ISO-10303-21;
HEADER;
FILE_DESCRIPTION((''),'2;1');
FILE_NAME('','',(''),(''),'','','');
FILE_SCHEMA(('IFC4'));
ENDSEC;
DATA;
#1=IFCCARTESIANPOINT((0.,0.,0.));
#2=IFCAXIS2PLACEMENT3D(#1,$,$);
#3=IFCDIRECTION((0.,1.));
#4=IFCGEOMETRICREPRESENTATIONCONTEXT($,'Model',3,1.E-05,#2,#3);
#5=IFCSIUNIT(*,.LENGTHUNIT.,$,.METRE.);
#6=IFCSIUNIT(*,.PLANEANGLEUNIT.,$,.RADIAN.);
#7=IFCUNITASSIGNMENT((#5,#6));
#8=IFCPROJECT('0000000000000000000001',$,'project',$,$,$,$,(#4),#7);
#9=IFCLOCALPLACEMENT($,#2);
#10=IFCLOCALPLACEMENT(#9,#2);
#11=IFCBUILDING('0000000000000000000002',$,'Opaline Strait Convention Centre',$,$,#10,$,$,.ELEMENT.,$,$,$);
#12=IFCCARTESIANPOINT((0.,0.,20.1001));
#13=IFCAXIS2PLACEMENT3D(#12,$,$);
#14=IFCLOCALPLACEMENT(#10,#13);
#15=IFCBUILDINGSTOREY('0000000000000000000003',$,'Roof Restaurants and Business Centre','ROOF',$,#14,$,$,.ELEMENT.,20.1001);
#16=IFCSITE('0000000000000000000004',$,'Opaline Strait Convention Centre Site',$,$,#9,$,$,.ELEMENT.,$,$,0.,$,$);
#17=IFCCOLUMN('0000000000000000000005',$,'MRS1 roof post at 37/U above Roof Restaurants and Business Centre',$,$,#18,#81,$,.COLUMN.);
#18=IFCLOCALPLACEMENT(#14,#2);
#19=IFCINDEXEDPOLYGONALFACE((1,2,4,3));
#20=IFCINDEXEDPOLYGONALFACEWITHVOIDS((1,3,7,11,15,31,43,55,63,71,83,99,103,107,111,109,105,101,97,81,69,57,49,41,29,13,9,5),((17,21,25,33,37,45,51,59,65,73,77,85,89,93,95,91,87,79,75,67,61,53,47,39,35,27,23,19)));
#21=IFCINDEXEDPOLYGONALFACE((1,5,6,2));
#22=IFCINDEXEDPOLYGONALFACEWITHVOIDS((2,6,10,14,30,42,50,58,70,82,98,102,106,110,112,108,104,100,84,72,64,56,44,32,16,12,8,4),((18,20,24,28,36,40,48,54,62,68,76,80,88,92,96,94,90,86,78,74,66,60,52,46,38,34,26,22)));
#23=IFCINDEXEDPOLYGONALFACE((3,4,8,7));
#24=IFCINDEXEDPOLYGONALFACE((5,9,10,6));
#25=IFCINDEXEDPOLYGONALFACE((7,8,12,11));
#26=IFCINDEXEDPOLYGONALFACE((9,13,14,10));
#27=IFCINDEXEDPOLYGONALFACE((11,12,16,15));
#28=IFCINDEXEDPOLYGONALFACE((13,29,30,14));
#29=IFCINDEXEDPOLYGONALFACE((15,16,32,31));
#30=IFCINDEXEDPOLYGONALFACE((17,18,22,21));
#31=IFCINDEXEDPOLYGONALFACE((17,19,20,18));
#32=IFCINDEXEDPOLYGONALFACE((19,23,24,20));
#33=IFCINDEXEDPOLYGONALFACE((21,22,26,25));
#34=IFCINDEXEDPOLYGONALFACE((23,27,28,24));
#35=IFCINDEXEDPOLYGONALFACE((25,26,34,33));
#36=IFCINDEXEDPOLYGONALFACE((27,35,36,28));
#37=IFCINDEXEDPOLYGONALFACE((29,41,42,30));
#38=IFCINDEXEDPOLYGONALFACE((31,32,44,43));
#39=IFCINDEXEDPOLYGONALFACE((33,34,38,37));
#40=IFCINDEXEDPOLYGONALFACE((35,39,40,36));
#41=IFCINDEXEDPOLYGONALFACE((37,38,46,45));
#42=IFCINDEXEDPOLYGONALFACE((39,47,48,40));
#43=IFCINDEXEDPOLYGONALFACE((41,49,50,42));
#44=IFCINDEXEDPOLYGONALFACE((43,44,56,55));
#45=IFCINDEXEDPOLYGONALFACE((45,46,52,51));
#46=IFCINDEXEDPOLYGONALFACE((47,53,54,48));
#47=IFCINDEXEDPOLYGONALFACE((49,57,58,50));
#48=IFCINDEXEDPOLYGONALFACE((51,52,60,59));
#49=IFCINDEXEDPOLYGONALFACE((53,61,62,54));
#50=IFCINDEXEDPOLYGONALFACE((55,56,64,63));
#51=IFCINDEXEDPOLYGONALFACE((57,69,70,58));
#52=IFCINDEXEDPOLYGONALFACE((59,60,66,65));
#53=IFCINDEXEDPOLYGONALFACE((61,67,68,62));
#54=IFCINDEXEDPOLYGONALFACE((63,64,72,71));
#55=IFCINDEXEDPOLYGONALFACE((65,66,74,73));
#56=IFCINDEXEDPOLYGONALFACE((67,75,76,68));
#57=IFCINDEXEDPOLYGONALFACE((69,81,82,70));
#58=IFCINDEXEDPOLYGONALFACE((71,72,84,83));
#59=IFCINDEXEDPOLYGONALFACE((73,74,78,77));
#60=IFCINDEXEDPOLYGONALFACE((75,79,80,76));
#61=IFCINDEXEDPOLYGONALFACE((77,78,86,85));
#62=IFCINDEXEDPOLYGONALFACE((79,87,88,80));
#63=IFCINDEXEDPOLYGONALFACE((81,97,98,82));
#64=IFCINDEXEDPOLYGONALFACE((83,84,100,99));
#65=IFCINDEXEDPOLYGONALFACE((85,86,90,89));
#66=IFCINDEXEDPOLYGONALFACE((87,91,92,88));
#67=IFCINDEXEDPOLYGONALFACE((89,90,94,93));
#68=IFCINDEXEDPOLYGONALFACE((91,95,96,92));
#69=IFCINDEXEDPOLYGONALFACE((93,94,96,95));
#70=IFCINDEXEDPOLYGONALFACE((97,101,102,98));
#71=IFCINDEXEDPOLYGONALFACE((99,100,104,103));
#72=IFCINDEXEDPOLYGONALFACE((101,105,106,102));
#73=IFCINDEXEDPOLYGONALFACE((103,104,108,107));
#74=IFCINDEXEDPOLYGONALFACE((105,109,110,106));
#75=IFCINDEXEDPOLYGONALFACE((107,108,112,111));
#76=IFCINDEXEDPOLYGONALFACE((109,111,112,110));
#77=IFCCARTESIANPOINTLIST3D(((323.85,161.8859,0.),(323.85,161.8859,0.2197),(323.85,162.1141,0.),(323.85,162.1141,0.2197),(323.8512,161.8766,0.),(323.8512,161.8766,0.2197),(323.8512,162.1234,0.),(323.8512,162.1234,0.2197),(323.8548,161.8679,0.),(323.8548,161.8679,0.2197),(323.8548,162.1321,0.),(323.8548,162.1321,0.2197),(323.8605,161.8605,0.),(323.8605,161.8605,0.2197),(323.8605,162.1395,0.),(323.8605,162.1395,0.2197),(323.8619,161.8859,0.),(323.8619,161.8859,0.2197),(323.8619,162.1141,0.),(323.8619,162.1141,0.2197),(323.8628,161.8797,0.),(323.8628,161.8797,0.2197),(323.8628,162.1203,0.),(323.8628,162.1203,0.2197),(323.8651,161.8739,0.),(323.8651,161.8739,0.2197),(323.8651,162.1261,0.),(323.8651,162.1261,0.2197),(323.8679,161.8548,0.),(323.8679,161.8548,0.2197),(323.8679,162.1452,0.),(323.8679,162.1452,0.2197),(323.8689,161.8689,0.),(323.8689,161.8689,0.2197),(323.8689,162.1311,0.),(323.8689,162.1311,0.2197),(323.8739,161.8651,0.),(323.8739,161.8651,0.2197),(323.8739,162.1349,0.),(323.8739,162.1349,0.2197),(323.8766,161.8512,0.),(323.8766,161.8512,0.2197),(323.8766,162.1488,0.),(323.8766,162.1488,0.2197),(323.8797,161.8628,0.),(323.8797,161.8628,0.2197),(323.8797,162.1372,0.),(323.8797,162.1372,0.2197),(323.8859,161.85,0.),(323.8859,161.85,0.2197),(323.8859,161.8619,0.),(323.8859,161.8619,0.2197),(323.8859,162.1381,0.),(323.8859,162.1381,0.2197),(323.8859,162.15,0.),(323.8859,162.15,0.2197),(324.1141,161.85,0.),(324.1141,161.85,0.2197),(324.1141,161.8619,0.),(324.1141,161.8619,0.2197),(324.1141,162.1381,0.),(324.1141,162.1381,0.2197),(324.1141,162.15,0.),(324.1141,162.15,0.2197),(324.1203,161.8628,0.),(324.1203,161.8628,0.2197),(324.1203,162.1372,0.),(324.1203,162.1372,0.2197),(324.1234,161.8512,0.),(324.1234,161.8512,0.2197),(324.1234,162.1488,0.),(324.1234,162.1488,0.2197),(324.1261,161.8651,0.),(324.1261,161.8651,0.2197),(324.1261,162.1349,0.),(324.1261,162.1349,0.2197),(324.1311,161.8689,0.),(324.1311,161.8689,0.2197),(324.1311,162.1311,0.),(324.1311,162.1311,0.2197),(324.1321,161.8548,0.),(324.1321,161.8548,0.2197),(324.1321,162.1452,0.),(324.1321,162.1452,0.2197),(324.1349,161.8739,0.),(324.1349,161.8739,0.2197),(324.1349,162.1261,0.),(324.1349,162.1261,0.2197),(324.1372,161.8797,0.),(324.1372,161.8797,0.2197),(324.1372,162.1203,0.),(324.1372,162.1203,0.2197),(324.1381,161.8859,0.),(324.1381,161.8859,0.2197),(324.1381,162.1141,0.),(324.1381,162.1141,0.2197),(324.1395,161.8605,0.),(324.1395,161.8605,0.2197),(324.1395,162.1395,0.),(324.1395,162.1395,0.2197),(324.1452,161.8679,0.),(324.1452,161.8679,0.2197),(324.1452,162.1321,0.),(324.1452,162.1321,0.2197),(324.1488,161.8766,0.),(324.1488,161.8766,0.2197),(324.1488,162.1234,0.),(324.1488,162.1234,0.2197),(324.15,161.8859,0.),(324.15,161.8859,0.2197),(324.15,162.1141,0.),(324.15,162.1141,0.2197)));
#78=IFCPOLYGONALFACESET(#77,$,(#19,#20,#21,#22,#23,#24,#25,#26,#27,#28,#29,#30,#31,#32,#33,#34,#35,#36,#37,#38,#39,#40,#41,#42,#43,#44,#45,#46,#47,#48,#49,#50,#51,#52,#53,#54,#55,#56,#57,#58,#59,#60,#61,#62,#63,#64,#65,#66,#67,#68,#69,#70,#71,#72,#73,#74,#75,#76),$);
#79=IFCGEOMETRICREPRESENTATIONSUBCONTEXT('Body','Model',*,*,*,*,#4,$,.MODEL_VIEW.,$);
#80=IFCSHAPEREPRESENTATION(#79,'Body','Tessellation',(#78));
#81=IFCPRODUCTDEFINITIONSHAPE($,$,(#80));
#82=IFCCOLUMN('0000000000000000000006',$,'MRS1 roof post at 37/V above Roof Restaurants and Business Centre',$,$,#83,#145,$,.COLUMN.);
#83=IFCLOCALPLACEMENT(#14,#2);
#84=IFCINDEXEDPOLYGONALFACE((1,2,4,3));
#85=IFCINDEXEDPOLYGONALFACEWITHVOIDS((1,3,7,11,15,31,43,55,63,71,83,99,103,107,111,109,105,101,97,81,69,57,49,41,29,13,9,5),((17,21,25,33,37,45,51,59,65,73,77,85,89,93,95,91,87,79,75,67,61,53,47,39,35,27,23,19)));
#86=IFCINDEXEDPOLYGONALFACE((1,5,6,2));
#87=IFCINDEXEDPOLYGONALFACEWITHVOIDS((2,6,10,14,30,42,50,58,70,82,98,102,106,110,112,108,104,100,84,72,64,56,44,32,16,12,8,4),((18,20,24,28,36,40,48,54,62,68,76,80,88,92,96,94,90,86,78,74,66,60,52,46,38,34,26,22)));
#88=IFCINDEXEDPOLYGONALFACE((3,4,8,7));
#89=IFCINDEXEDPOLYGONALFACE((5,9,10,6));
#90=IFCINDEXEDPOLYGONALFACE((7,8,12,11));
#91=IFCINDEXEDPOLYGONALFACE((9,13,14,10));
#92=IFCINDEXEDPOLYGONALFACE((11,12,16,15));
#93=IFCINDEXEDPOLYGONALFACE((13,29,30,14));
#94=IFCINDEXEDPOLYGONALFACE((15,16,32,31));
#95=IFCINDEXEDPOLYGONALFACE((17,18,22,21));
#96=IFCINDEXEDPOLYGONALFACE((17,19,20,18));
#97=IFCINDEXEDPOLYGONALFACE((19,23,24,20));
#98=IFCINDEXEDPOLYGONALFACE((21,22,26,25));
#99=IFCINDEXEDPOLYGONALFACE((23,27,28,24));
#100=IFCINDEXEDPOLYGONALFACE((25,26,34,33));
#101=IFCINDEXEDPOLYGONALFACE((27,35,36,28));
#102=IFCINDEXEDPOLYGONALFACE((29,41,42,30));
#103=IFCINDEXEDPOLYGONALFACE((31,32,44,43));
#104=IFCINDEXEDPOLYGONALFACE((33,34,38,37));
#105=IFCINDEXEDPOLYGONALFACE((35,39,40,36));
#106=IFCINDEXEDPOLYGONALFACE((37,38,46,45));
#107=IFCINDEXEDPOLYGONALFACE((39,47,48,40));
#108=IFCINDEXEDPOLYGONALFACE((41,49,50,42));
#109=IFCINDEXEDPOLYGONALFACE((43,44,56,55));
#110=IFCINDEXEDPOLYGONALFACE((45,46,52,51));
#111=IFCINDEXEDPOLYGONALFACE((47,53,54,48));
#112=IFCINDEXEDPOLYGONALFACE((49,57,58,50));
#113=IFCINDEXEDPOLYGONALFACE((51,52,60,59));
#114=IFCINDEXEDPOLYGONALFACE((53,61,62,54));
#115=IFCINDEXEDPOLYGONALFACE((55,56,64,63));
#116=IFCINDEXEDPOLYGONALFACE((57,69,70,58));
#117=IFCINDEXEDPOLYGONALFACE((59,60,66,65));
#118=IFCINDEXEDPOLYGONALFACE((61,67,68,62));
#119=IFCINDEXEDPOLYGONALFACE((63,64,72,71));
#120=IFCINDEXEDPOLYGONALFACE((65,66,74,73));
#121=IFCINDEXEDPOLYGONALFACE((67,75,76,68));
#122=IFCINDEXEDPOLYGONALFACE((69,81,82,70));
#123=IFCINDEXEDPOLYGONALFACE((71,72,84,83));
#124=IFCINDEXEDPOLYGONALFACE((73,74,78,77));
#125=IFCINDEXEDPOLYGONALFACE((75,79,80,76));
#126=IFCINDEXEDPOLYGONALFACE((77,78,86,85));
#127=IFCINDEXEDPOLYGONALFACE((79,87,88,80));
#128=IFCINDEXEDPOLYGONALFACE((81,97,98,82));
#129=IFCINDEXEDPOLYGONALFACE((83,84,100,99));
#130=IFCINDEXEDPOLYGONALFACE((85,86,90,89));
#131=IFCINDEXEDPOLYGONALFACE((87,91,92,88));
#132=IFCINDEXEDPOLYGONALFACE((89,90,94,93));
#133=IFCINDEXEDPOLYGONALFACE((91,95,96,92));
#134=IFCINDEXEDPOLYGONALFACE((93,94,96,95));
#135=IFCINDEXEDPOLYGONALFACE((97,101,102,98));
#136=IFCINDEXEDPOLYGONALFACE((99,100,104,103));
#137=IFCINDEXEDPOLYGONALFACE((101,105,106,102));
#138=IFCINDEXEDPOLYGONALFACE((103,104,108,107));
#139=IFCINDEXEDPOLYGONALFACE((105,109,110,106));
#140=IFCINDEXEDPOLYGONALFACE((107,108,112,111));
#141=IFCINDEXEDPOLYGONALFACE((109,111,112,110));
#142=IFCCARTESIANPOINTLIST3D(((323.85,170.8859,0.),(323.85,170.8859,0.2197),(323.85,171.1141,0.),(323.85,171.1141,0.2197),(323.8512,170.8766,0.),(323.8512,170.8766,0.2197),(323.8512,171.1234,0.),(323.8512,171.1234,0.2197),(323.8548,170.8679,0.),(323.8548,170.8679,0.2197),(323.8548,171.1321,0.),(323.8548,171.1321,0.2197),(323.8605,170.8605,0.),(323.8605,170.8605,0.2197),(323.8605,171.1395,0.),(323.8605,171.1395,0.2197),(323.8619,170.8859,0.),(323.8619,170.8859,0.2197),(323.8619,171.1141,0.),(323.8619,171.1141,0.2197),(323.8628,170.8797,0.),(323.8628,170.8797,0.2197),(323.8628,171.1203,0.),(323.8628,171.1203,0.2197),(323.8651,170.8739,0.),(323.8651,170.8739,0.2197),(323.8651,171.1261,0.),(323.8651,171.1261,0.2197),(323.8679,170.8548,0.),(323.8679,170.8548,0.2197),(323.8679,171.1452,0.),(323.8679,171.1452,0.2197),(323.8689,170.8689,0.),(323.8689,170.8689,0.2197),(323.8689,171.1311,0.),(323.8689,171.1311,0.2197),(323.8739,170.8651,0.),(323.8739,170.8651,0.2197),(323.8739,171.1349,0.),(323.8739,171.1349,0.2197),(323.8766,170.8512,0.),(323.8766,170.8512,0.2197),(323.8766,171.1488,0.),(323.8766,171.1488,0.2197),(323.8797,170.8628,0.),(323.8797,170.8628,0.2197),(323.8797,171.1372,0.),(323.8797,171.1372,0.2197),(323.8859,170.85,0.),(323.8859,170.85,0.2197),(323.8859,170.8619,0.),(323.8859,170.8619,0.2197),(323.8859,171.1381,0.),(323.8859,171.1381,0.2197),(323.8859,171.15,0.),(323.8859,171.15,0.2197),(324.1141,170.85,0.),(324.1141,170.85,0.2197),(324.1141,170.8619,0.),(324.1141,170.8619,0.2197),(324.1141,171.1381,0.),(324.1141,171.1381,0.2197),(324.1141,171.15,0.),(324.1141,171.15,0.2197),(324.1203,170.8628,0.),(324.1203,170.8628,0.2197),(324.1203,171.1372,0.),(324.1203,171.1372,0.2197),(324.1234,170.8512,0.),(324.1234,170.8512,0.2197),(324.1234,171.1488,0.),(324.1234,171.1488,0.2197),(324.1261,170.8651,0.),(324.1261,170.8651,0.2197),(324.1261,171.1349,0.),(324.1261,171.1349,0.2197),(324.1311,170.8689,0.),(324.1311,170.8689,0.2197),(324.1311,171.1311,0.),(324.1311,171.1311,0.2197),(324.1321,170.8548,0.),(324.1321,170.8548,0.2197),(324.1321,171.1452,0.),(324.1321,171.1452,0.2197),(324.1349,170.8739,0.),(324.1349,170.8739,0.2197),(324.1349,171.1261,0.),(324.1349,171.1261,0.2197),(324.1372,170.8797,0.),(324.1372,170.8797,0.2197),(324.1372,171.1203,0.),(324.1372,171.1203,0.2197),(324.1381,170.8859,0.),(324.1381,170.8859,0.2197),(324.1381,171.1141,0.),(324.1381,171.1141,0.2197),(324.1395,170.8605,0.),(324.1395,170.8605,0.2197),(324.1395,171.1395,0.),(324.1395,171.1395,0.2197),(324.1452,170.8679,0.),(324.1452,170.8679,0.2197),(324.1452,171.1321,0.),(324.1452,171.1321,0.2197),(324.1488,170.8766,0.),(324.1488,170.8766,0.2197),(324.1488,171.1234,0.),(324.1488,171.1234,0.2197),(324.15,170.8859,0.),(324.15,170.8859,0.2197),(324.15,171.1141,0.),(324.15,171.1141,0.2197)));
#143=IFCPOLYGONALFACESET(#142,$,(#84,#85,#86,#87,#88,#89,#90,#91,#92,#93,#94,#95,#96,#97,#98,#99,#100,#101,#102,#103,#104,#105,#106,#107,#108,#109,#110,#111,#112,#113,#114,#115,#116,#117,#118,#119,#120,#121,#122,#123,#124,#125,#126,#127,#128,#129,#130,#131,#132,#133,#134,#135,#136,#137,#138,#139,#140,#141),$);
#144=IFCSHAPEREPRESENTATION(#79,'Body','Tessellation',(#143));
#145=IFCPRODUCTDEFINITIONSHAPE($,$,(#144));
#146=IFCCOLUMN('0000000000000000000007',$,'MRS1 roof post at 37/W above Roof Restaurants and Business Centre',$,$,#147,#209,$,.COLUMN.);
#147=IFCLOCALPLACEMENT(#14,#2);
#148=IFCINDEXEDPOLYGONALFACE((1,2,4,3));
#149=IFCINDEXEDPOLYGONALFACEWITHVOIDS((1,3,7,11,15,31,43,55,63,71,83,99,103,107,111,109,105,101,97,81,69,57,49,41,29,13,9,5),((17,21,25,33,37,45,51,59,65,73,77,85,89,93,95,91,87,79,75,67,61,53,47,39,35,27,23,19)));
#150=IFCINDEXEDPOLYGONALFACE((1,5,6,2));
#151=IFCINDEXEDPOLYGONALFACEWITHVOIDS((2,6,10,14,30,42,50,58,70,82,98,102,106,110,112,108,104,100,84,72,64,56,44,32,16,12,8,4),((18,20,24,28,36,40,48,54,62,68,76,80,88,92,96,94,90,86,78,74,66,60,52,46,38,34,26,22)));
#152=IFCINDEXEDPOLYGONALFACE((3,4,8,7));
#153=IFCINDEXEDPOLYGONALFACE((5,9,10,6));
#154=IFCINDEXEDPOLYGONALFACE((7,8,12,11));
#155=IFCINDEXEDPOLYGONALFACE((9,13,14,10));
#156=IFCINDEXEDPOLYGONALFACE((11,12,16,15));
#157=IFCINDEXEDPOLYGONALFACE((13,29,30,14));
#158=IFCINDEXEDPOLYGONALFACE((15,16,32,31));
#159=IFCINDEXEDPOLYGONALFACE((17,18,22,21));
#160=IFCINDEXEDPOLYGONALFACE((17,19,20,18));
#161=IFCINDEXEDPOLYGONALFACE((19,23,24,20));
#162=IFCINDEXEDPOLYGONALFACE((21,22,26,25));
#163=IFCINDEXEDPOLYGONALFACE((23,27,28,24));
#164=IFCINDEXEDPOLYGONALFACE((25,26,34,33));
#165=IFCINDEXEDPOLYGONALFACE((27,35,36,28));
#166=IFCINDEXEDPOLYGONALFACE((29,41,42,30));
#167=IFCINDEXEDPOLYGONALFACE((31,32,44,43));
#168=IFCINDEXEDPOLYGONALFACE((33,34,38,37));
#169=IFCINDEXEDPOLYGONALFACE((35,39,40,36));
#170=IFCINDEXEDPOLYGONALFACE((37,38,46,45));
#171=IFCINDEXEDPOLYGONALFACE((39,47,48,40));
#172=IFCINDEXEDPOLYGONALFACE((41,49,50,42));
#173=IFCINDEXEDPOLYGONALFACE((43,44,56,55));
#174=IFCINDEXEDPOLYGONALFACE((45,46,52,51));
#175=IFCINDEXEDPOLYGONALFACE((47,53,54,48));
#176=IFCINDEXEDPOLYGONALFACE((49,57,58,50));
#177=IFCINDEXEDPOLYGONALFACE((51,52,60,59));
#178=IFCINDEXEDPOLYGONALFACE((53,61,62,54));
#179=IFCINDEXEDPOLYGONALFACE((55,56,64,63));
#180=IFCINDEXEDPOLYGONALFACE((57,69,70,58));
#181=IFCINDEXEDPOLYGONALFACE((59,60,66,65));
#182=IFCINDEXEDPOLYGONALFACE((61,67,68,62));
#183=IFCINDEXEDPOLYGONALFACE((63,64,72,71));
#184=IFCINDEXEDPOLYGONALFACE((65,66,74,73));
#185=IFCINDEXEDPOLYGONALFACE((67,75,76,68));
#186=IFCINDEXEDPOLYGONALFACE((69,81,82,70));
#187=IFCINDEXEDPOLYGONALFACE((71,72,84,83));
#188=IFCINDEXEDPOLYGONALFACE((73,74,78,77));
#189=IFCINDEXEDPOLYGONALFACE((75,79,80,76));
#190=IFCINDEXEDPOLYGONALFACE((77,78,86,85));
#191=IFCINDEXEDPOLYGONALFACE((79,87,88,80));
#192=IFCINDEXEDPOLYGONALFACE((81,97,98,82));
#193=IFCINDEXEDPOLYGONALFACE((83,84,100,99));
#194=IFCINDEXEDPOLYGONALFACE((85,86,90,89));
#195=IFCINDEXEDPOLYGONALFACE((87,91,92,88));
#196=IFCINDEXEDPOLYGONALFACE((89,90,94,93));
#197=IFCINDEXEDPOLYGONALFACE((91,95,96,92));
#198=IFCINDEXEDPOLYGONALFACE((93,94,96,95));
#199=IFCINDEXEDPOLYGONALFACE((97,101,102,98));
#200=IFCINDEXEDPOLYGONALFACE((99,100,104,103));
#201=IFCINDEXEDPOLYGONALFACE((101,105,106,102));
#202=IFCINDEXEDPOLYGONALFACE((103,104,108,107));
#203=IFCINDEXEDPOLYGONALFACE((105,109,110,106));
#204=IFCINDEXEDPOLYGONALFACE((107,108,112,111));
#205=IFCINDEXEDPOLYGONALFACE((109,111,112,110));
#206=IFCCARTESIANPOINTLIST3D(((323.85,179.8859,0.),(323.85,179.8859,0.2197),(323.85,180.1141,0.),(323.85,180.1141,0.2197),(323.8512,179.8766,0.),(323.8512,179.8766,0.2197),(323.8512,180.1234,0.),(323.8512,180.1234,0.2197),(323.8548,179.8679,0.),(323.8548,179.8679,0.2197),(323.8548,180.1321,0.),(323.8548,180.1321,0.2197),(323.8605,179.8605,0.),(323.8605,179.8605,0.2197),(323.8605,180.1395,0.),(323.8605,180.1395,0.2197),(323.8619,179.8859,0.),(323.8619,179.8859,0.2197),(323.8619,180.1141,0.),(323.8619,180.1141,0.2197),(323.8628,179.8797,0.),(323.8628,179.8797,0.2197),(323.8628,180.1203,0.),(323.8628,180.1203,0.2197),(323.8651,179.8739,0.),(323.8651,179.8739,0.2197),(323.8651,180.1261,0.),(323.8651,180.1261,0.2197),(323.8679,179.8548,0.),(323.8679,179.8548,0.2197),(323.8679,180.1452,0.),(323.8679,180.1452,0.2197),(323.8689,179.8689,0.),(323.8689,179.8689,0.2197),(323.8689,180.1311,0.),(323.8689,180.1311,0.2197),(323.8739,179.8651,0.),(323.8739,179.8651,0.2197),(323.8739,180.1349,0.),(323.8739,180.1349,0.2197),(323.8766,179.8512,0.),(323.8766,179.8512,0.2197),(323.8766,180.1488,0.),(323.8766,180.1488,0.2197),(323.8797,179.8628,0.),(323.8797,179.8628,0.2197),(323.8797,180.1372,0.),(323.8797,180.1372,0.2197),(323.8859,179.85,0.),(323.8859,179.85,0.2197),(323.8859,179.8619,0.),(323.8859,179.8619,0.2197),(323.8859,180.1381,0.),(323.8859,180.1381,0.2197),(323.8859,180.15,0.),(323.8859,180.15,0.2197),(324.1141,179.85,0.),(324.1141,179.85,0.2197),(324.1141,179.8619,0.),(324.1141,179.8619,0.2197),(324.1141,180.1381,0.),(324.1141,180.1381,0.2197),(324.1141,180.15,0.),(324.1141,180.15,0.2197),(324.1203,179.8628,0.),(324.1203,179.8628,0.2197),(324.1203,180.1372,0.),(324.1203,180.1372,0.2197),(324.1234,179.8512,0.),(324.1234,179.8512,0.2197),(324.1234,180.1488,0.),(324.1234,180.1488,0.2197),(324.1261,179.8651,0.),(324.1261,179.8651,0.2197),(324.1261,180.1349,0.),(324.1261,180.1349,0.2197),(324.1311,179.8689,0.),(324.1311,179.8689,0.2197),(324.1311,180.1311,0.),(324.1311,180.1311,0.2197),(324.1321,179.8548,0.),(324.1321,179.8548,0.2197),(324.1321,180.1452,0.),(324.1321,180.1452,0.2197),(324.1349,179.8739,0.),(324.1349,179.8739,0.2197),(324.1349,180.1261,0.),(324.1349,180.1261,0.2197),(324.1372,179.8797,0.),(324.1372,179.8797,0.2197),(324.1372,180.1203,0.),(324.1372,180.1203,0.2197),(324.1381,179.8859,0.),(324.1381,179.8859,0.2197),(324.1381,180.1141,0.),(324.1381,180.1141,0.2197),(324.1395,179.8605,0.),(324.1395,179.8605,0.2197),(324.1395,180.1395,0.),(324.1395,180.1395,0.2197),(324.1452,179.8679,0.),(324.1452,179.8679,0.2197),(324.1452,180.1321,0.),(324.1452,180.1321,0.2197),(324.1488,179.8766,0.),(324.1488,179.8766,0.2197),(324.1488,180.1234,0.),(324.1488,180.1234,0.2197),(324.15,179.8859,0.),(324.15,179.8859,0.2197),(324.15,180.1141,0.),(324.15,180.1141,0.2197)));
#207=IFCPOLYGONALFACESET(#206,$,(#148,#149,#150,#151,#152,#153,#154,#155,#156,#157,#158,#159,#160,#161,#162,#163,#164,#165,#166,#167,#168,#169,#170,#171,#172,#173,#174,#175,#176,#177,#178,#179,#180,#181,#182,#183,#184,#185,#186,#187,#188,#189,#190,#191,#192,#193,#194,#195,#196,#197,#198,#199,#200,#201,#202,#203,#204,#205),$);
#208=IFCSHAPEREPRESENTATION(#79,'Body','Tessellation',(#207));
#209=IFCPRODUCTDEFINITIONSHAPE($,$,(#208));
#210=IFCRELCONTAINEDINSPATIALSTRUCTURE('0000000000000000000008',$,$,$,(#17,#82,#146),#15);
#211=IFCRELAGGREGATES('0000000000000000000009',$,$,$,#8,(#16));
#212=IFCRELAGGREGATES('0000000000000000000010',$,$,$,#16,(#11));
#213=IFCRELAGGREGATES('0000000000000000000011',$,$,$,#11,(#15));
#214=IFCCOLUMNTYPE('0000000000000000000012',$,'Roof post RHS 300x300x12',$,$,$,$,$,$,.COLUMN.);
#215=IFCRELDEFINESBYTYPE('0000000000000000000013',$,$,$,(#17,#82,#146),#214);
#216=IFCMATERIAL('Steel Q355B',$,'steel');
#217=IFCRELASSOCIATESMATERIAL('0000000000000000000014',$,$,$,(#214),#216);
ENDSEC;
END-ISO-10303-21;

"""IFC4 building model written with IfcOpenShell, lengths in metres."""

from ifc_helpers import new_model, si_unit, direction, frame, origin, origin_2d, place, context, subcontext, project, spatial, hollow_rectangle, extrude, material, material_profile, profile_set, type_object, element, save


model = new_model("IFC4")

# Units and contexts
model_context = context("Model", 3, precision=1e-05, world=origin(), true_north=direction((0.0, 1.0)))
body_context = subcontext(model_context, "Body", "Model", "MODEL_VIEW")
ifc_project = project(units=[si_unit("LENGTHUNIT", "METRE"), si_unit("PLANEANGLEUNIT", "RADIAN")], contexts=[model_context])

# Site, building, storey
site_placement = place(None, origin())
site = spatial("IfcSite", under=ifc_project, at=site_placement, Name="Opaline Strait Convention Centre Site", CompositionType="ELEMENT", RefElevation=0.0)
building_placement = place(site_placement, origin())
building = spatial("IfcBuilding", under=site, at=building_placement, Name="Opaline Strait Convention Centre", CompositionType="ELEMENT")
storey_placement = place(building_placement, frame((0.0, 0.0, 20.1001)))
storey = spatial("IfcBuildingStorey", under=building, at=storey_placement, Name="Roof Restaurants and Business Centre", Description="ROOF", CompositionType="ELEMENT", Elevation=20.1001)

# Columns
ifc_material = material(Name="Steel Q355B", Category="steel")
ifc_material_profile = material_profile(ifc_material, hollow_rectangle(XDim=0.3, YDim=0.3, WallThickness=0.012, InnerFilletRadius=0.0239, OuterFilletRadius=0.0359, at=origin_2d()), Name="RHS 300x300x12")
ifc_profile_set = profile_set([ifc_material_profile], Name="Steel Q355B")
column_type = type_object("IfcColumnType", Name="Roof post RHS 300x300x12", PredefinedType="COLUMN", material=ifc_profile_set)
for number, where, z_axis, x_axis, name in (
    (1, (324.0, 162.0, 0.0), (0.0, 0.0, 1.0), (1.0, 0.0, 0.0), "MRS1 roof post at 37/U above Roof Restaurants and Business Centre"),
    (2, (324.0, 171.0, 0.0), (0.0, 0.0, 1.0), (1.0, 0.0, 0.0), "MRS1 roof post at 37/V above Roof Restaurants and Business Centre"),
    (3, (324.0, 180.0, 0.0), (0.0, 0.0, 1.0), (1.0, 0.0, 0.0), "MRS1 roof post at 37/W above Roof Restaurants and Business Centre"),
):
    element("IfcColumn", number, at=place(storey_placement, frame(where, z_axis=z_axis, x_axis=x_axis)), inside=storey, type_object=column_type, Name=name, PredefinedType="COLUMN", context=body_context, shape_type="SweptSolid", body=[
        extrude(hollow_rectangle(XDim=0.3, YDim=0.3, WallThickness=0.012, InnerFilletRadius=0.0239, OuterFilletRadius=0.0359, at=origin_2d()), origin(), (0.0, 0.0, 1.0), 0.2197),
    ])

save(model, "model.ifc")
